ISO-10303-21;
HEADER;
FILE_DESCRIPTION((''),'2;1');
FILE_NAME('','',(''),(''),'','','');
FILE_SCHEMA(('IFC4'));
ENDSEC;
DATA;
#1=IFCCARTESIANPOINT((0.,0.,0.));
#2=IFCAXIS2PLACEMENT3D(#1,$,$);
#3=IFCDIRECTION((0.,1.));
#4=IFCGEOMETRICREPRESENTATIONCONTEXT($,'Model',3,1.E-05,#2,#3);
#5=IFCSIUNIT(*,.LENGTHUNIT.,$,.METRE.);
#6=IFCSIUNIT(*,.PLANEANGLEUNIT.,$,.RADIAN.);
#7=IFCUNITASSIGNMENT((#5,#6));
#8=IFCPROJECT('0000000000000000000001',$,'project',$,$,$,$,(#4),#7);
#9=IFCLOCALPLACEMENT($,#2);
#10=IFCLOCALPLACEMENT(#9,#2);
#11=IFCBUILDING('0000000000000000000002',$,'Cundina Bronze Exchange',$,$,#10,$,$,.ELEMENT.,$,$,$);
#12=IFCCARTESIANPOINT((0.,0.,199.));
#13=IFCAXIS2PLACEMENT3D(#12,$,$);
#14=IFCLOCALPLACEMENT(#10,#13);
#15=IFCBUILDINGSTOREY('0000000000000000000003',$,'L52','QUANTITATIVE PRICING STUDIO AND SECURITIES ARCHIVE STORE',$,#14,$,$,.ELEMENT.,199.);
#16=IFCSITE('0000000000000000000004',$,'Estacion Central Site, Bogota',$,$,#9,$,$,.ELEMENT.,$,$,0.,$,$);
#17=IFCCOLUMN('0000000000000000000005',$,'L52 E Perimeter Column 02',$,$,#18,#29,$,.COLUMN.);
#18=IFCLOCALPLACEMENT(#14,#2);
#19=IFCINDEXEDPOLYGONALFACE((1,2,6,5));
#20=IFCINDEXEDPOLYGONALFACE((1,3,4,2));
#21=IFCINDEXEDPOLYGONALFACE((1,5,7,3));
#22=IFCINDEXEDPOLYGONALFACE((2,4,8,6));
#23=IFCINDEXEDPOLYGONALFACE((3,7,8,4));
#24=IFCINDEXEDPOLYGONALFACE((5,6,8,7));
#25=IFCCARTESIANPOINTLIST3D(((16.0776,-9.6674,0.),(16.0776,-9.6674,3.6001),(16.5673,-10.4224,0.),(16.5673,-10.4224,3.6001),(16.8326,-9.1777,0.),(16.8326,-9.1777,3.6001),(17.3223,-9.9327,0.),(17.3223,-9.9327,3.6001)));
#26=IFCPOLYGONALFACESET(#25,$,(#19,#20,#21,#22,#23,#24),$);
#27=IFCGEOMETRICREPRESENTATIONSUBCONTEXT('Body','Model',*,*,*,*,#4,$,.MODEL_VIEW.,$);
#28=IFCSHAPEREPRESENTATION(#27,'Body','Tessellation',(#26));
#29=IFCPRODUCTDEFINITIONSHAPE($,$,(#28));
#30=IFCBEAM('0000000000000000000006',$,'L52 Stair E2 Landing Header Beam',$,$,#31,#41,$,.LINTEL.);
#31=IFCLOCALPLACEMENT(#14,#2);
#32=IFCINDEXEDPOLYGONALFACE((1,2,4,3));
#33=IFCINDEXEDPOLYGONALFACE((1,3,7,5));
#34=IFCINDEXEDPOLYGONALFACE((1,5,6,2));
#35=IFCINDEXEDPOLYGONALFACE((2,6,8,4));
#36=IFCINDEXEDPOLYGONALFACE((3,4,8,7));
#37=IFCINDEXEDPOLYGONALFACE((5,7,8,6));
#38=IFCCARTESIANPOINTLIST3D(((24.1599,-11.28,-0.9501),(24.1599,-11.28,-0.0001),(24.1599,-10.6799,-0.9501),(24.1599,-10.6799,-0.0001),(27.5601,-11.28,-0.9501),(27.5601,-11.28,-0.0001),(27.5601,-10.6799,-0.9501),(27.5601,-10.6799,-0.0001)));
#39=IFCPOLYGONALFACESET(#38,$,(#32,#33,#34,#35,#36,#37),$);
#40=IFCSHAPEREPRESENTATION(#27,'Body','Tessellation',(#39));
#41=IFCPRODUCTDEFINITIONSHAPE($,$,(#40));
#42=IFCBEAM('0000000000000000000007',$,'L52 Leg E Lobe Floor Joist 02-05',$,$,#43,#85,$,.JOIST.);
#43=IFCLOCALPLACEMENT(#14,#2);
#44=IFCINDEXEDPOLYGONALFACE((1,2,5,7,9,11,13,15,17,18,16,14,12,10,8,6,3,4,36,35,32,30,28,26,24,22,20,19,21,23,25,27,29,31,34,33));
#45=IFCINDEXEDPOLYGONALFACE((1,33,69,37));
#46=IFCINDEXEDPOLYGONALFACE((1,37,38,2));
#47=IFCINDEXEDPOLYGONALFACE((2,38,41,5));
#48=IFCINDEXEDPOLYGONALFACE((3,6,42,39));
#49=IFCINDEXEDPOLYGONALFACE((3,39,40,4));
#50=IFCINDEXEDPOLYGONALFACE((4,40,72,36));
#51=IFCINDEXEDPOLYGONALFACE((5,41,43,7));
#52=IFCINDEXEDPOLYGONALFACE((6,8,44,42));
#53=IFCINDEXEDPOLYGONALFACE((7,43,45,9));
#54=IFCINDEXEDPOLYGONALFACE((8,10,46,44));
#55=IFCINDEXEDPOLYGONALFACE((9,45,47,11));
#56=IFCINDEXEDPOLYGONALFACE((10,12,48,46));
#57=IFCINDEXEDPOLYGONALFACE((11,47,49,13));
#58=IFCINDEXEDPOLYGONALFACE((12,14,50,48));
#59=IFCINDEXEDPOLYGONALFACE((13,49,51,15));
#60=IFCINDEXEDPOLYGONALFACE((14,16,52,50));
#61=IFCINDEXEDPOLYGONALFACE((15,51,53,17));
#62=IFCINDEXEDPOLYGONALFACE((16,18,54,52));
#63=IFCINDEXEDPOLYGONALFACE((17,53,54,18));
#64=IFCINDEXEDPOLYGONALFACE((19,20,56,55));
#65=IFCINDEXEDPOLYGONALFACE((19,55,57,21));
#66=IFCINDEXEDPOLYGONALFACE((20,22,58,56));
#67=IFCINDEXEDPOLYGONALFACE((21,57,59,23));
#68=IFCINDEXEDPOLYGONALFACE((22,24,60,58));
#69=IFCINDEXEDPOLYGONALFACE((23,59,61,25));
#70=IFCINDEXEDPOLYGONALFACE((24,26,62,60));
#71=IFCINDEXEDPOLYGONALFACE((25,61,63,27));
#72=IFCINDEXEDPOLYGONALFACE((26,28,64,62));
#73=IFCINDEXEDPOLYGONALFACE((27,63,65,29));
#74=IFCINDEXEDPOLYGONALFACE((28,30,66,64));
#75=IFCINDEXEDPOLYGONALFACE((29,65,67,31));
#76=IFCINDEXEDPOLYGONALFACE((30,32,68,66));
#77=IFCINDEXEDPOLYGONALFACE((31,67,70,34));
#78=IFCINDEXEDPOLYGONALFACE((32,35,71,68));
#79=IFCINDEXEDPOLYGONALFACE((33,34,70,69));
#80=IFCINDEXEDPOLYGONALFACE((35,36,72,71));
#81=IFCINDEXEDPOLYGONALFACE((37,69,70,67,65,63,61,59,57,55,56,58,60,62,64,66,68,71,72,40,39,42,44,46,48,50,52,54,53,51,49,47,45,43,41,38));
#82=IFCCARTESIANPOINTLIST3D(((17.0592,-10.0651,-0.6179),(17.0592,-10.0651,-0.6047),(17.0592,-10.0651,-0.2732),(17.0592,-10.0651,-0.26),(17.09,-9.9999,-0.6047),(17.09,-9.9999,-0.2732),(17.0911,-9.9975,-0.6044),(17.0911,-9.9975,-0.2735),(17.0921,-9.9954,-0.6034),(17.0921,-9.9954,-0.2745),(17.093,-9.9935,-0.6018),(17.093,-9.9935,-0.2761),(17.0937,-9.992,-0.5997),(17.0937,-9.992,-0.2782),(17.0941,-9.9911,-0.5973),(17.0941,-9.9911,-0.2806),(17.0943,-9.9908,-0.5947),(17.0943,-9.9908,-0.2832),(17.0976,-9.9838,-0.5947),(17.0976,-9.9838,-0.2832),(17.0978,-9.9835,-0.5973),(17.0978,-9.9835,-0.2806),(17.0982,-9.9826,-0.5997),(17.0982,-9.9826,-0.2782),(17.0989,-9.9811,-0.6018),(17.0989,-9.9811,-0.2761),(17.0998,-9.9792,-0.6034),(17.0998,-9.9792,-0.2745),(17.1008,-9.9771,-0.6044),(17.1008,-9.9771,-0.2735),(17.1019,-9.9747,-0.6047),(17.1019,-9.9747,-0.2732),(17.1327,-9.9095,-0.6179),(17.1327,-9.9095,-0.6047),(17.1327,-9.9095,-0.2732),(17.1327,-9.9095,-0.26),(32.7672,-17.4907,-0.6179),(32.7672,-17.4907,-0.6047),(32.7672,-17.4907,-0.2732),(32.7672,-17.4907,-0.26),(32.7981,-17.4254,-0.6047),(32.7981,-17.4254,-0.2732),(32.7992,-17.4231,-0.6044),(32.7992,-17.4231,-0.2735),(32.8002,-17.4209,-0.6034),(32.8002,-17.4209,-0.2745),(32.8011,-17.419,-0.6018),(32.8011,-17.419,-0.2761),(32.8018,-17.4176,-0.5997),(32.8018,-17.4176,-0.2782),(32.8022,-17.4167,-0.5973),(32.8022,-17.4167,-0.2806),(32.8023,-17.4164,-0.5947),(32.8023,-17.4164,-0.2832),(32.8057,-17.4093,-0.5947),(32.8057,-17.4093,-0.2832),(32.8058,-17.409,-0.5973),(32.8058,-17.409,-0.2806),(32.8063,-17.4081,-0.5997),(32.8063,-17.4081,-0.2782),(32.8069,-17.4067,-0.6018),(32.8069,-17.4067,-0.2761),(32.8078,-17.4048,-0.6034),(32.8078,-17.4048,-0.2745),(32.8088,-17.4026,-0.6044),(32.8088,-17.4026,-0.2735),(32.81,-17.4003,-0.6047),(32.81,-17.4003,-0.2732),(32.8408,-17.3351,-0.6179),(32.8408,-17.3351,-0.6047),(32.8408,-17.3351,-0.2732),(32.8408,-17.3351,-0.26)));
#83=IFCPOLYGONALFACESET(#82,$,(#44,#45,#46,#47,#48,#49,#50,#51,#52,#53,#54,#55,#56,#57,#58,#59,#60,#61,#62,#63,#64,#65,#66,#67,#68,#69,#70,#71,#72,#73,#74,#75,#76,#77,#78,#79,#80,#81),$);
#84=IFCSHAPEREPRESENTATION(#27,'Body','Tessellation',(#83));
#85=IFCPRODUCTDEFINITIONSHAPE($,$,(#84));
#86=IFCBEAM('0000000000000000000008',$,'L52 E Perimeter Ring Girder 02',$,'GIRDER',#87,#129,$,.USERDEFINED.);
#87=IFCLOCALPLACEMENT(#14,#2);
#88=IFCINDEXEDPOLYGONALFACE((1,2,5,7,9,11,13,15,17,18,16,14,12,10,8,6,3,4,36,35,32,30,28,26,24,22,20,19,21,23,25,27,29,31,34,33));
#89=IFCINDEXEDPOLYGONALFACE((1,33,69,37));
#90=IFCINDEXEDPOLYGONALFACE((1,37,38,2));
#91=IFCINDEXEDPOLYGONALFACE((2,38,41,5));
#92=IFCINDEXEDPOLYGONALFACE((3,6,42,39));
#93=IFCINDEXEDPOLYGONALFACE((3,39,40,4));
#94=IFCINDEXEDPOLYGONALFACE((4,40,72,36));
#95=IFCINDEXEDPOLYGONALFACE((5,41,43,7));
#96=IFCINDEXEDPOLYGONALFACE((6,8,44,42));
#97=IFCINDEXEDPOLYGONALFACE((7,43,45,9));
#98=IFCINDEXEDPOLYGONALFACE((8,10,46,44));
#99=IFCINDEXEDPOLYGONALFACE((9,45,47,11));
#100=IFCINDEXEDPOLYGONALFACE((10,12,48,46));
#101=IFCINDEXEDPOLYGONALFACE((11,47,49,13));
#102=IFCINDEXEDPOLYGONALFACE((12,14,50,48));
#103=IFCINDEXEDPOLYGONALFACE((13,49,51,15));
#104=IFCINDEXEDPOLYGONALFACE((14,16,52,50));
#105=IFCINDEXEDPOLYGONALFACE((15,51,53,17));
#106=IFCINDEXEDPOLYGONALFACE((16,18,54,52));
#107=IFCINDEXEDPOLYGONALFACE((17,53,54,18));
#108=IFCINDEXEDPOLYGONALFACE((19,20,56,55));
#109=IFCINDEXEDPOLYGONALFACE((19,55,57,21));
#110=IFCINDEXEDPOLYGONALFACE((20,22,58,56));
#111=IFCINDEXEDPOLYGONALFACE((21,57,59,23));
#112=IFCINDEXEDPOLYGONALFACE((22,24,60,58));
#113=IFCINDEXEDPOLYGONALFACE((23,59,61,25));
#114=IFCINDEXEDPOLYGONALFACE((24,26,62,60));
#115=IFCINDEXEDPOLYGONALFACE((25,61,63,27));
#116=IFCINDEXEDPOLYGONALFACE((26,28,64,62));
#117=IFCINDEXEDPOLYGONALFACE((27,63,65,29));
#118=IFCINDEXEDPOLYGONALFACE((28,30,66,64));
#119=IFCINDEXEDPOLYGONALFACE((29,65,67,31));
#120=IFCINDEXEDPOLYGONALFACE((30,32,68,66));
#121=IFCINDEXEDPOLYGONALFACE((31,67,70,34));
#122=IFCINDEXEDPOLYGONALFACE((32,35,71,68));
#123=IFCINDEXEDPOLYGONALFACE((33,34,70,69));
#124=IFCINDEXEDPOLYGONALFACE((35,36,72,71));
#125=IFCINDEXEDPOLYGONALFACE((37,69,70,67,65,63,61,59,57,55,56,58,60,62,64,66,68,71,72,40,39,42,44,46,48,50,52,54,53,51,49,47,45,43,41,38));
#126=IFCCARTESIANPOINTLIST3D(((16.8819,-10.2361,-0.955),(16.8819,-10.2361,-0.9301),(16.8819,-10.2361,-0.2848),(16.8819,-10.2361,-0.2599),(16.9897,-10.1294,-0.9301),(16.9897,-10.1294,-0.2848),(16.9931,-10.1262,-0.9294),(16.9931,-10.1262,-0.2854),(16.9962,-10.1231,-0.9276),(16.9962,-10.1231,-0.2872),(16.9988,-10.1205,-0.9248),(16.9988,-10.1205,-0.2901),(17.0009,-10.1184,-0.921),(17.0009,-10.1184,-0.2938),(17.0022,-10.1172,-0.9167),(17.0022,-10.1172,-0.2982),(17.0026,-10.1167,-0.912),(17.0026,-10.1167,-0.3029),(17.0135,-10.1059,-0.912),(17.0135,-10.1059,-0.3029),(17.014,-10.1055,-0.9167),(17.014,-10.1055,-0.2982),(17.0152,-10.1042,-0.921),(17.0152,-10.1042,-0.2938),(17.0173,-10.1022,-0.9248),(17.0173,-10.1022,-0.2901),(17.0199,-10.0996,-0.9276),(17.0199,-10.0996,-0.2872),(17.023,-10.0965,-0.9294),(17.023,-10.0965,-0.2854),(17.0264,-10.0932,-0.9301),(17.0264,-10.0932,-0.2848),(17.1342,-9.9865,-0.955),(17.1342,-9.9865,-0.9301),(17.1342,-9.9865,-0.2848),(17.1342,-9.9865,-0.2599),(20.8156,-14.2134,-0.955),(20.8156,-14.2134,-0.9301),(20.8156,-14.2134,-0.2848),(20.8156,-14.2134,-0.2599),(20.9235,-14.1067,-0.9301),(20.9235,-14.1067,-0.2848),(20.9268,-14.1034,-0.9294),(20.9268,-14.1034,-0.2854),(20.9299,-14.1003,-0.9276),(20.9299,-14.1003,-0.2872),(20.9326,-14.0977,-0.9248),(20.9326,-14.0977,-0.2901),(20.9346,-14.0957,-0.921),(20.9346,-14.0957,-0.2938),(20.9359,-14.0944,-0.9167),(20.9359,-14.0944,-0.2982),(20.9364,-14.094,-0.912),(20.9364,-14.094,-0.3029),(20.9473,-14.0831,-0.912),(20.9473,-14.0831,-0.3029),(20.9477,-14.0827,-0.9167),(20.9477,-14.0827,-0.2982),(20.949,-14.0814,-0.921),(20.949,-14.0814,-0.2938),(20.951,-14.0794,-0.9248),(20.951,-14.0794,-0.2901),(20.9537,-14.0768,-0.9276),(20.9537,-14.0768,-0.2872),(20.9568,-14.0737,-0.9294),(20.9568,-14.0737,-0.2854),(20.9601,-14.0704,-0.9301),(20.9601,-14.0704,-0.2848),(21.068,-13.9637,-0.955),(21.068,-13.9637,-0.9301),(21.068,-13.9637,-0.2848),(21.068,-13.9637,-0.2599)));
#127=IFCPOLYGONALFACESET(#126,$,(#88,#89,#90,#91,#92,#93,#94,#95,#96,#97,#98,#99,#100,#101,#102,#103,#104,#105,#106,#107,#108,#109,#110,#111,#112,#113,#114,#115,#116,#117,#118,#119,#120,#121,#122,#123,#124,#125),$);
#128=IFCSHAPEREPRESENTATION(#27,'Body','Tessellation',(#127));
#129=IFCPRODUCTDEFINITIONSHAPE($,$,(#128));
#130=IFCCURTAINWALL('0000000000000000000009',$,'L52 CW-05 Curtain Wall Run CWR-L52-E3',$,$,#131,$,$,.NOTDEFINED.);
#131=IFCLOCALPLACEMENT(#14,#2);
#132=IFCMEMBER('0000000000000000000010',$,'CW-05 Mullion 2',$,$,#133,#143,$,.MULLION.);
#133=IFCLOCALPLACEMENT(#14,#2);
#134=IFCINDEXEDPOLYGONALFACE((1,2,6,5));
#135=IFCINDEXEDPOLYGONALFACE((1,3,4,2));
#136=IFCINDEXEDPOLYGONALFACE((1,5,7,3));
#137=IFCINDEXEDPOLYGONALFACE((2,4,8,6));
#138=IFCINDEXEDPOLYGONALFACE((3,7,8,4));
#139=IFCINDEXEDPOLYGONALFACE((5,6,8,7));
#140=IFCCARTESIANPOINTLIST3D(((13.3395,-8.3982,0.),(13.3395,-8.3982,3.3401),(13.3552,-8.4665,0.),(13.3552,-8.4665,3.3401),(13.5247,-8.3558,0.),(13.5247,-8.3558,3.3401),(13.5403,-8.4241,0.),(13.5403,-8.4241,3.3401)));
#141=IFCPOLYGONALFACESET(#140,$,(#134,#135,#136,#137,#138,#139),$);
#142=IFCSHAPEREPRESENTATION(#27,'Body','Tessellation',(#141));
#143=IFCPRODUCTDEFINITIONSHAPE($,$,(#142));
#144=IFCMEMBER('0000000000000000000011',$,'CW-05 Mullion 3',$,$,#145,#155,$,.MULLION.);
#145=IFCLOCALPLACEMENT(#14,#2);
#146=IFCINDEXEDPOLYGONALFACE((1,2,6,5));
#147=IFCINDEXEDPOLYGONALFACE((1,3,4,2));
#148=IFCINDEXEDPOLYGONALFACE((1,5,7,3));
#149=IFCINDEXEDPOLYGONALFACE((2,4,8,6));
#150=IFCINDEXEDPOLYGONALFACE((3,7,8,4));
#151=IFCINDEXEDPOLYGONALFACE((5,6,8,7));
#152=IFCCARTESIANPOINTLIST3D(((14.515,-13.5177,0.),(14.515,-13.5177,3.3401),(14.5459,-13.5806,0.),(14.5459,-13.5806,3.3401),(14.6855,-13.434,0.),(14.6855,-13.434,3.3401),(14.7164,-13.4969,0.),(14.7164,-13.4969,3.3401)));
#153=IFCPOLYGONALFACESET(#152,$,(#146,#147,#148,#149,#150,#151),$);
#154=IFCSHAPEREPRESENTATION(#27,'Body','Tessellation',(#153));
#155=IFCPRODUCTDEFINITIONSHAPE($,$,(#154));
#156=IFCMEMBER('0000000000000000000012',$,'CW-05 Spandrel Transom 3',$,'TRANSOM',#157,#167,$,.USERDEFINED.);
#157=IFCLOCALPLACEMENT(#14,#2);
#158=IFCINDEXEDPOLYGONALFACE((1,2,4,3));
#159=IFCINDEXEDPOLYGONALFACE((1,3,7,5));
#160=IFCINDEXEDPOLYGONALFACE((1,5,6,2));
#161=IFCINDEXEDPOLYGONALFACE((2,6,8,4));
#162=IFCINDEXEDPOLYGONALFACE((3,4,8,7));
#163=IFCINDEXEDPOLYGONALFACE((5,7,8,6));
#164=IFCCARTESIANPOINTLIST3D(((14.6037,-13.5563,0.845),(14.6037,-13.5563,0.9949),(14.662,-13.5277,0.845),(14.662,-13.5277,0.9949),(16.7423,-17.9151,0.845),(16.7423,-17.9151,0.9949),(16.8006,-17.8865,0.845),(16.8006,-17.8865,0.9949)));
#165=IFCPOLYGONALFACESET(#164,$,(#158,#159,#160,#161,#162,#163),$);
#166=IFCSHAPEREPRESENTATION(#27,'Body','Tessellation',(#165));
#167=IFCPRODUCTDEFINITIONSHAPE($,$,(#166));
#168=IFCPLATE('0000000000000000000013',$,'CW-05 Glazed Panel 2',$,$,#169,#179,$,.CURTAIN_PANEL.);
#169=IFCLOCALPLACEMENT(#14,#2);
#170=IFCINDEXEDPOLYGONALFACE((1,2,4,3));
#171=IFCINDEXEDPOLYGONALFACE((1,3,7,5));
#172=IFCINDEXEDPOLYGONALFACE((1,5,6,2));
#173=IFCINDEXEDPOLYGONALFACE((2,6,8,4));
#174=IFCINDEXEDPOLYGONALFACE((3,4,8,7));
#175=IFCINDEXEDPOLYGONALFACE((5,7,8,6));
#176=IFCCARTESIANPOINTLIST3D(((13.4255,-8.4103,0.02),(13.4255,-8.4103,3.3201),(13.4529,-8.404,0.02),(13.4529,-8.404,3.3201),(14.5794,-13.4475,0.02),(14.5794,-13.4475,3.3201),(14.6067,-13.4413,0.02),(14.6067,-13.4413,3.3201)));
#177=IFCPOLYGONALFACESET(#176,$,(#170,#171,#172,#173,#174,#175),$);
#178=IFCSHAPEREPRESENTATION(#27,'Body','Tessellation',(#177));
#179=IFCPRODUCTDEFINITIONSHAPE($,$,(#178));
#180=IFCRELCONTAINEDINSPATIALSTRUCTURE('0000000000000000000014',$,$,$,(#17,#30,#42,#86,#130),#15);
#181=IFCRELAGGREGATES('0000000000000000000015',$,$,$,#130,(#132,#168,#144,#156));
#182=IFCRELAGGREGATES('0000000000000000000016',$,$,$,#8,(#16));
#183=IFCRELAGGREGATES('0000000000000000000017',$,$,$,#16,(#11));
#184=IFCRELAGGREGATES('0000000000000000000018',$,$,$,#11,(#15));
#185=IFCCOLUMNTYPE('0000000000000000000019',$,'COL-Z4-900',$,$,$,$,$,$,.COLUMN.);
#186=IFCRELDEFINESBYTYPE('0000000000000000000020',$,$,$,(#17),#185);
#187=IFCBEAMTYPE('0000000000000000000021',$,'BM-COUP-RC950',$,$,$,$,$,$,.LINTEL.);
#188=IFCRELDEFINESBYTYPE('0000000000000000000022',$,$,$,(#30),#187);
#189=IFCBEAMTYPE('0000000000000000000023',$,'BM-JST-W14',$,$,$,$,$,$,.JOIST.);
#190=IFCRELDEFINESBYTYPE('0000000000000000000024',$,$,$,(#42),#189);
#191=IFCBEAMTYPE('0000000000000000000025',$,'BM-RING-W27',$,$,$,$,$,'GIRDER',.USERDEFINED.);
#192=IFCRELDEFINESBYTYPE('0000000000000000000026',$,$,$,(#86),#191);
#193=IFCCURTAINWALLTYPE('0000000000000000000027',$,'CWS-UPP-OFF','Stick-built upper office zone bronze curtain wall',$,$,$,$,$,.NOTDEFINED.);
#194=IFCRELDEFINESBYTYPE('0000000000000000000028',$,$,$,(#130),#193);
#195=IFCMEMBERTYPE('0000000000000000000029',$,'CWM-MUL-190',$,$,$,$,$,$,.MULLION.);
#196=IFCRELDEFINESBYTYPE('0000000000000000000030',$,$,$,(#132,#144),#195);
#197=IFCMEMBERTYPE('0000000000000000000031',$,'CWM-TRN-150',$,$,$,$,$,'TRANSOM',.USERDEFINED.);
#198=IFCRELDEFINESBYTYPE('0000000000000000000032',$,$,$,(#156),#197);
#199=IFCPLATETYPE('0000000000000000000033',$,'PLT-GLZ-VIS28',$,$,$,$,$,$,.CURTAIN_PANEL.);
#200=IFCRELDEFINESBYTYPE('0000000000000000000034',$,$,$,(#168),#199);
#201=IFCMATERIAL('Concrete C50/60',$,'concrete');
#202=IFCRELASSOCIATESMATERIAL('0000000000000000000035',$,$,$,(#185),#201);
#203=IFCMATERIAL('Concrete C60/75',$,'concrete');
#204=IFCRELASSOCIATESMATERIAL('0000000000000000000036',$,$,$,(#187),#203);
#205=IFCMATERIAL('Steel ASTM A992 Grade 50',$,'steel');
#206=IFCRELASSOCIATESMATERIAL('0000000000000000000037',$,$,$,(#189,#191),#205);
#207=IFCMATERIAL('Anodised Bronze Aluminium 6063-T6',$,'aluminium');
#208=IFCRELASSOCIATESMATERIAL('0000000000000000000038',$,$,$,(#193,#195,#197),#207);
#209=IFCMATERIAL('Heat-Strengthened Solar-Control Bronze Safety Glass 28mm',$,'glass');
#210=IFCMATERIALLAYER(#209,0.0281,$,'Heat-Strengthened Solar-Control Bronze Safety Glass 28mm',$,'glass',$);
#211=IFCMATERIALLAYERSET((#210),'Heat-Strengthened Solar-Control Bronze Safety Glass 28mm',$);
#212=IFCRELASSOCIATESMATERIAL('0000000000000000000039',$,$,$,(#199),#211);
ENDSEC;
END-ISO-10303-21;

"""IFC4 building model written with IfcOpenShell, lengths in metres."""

from ifc_helpers import new_model, si_unit, direction, frame, origin, origin_2d, place, context, subcontext, project, spatial, rectangle, i_section, extrude, material, layer, layer_set, material_profile, profile_set, type_object, element, aggregate, save


model = new_model("IFC4")

# Units and contexts
model_context = context("Model", 3, precision=1e-05, world=origin(), true_north=direction((0.0, 1.0)))
body_context = subcontext(model_context, "Body", "Model", "MODEL_VIEW")
ifc_project = project(units=[si_unit("LENGTHUNIT", "METRE"), si_unit("PLANEANGLEUNIT", "RADIAN")], contexts=[model_context])

# Site, building, storey
site_placement = place(None, origin())
site = spatial("IfcSite", under=ifc_project, at=site_placement, Name="Estacion Central Site, Bogota", CompositionType="ELEMENT", RefElevation=0.0)
building_placement = place(site_placement, origin())
building = spatial("IfcBuilding", under=site, at=building_placement, Name="Cundina Bronze Exchange", CompositionType="ELEMENT")
storey_placement = place(building_placement, frame((0.0, 0.0, 199.0)))
storey = spatial("IfcBuildingStorey", under=building, at=storey_placement, Name="L52", Description="QUANTITATIVE PRICING STUDIO AND SECURITIES ARCHIVE STORE", CompositionType="ELEMENT", Elevation=199.0)

# Column
ifc_material_1 = material(Name="Concrete C50/60", Category="concrete")
ifc_material_profile_1 = material_profile(ifc_material_1, rectangle(XDim=0.8999, YDim=0.8999, at=origin_2d()), Name="RC900X900", Category="concrete")
ifc_profile_set_1 = profile_set([ifc_material_profile_1], Name="Concrete C50/60")
column_type = type_object("IfcColumnType", Name="COL-Z4-900", PredefinedType="COLUMN", material=ifc_profile_set_1)
column_placement = place(storey_placement, frame((16.7, -9.8, 0.0), z_axis=(0.0, 0.0, 1.0), x_axis=(0.5442, -0.838956, 0.0)))
element("IfcColumn", 1, at=column_placement, inside=storey, type_object=column_type, Name="L52 E Perimeter Column 02", PredefinedType="COLUMN", context=body_context, shape_type="SweptSolid", body=[
    extrude(rectangle(XDim=0.8999, YDim=0.8999, at=origin_2d()), origin(), (0.0, 0.0, 1.0), 3.6001),
])

# Beams
ifc_material_2 = material(Name="Concrete C60/75", Category="concrete")
ifc_material_profile_2 = material_profile(ifc_material_2, rectangle(XDim=0.6001, YDim=0.95, at=origin_2d()), Name="RC600X950", Category="concrete")
ifc_profile_set_2 = profile_set([ifc_material_profile_2], Name="Concrete C60/75")
beam_type_1 = type_object("IfcBeamType", Name="BM-COUP-RC950", PredefinedType="LINTEL", material=ifc_profile_set_2)
beam_1_placement = place(storey_placement, frame((24.1599, -10.98, -0.4751), z_axis=(1.0, 0.0, 0.0), x_axis=(0.0, 1.0, 0.0)))
element("IfcBeam", 2, at=beam_1_placement, inside=storey, type_object=beam_type_1, Name="L52 Stair E2 Landing Header Beam", PredefinedType="LINTEL", context=body_context, shape_type="SweptSolid", body=[
    extrude(rectangle(XDim=0.6001, YDim=0.95, at=origin_2d()), origin(), (0.0, 0.0, 1.0), 3.4001),
])
ifc_material_3 = material(Name="Steel ASTM A992 Grade 50", Category="steel")
ifc_material_profile_3 = material_profile(ifc_material_3, i_section(OverallWidth=0.1721, OverallDepth=0.3579, WebThickness=0.0078, FlangeThickness=0.0132, FilletRadius=0.01, at=origin_2d()), Name="W14X38", Category="steel")
ifc_profile_set_3 = profile_set([ifc_material_profile_3], Name="Steel ASTM A992 Grade 50")
beam_type_2 = type_object("IfcBeamType", Name="BM-JST-W14", PredefinedType="JOIST", material=ifc_profile_set_3)
beam_2_placement = place(storey_placement, frame((17.0959, -9.9873, -0.439), z_axis=(0.904074, -0.427376, 0.0), x_axis=(0.427376, 0.904074, 0.0)))
element("IfcBeam", 3, at=beam_2_placement, inside=storey, type_object=beam_type_2, Name="L52 Leg E Lobe Floor Joist 02-05", PredefinedType="JOIST", context=body_context, shape_type="SweptSolid", body=[
    extrude(i_section(OverallWidth=0.1721, OverallDepth=0.3579, WebThickness=0.0078, FlangeThickness=0.0132, FilletRadius=0.01, at=origin_2d()), origin(), (0.0, 0.0, 1.0), 17.3748),
])
ifc_material_profile_4 = material_profile(ifc_material_3, i_section(OverallWidth=0.355, OverallDepth=0.6951, WebThickness=0.0154, FlangeThickness=0.0249, FilletRadius=0.0181, at=origin_2d()), Name="W27X146", Category="steel")
ifc_profile_set_4 = profile_set([ifc_material_profile_4], Name="Steel ASTM A992 Grade 50")
beam_type_3 = type_object("IfcBeamType", Name="BM-RING-W27", ElementType="GIRDER", PredefinedType="USERDEFINED", material=ifc_profile_set_4)
beam_3_placement = place(storey_placement, frame((17.0081, -10.1113, -0.6074), z_axis=(0.703212, -0.71098, 0.0), x_axis=(0.71098, 0.703212, 0.0)))
element("IfcBeam", 4, at=beam_3_placement, inside=storey, type_object=beam_type_3, Name="L52 E Perimeter Ring Girder 02", ObjectType="GIRDER", PredefinedType="USERDEFINED", context=body_context, shape_type="SweptSolid", body=[
    extrude(i_section(OverallWidth=0.355, OverallDepth=0.6951, WebThickness=0.0154, FlangeThickness=0.0249, FilletRadius=0.0181, at=origin_2d()), origin(), (0.0, 0.0, 1.0), 5.594),
])

# Curtain wall, members, plate
ifc_material_4 = material(Name="Anodised Bronze Aluminium 6063-T6", Category="aluminium")
curtain_wall_type = type_object("IfcCurtainWallType", Name="CWS-UPP-OFF", Description="Stick-built upper office zone bronze curtain wall", PredefinedType="NOTDEFINED", material=ifc_material_4)
curtain_wall_placement = place(storey_placement, origin())
curtain_wall = element("IfcCurtainWall", 5, at=curtain_wall_placement, inside=storey, type_object=curtain_wall_type, Name="L52 CW-05 Curtain Wall Run CWR-L52-E3", PredefinedType="NOTDEFINED")
ifc_material_profile_5 = material_profile(ifc_material_4, rectangle(XDim=0.0701, YDim=0.1899, at=origin_2d()), Name="AL70X190", Category="aluminium")
ifc_profile_set_5 = profile_set([ifc_material_profile_5], Name="Anodised Bronze Aluminium 6063-T6")
member_type_1 = type_object("IfcMemberType", Name="CWM-MUL-190", PredefinedType="MULLION", material=ifc_profile_set_5)
member_1_placement = place(storey_placement, frame((13.4399, -8.4111, 0.0), z_axis=(0.0, 0.0, 1.0), x_axis=(0.22325, -0.974761, 0.0)))
member_1 = element("IfcMember", 6, at=member_1_placement, type_object=member_type_1, Name="CW-05 Mullion 2", PredefinedType="MULLION", context=body_context, shape_type="SweptSolid", body=[
    extrude(rectangle(XDim=0.0701, YDim=0.1899, at=origin_2d()), origin(), (0.0, 0.0, 1.0), 3.3401),
])
member_2_placement = place(storey_placement, frame((14.6157, -13.5073, 0.0), z_axis=(0.0, 0.0, 1.0), x_axis=(0.440566, -0.89772, 0.0)))
member_2 = element("IfcMember", 7, at=member_2_placement, type_object=member_type_1, Name="CW-05 Mullion 3", PredefinedType="MULLION", context=body_context, shape_type="SweptSolid", body=[
    extrude(rectangle(XDim=0.0701, YDim=0.1899, at=origin_2d()), origin(), (0.0, 0.0, 1.0), 3.3401),
])
ifc_material_profile_6 = material_profile(ifc_material_4, rectangle(XDim=0.0649, YDim=0.1499, at=origin_2d()), Name="AL65X150", Category="aluminium")
ifc_profile_set_6 = profile_set([ifc_material_profile_6], Name="Anodised Bronze Aluminium 6063-T6")
member_type_2 = type_object("IfcMemberType", Name="CWM-TRN-150", ElementType="TRANSOM", PredefinedType="USERDEFINED", material=ifc_profile_set_6)
member_3_placement = place(storey_placement, frame((14.6328, -13.542, 0.9199), z_axis=(0.440483, -0.897761, 0.0), x_axis=(0.897761, 0.440483, 0.0)))
member_3 = element("IfcMember", 8, at=member_3_placement, type_object=member_type_2, Name="CW-05 Spandrel Transom 3", ObjectType="TRANSOM", PredefinedType="USERDEFINED", context=body_context, shape_type="SweptSolid", body=[
    extrude(rectangle(XDim=0.0649, YDim=0.1499, at=origin_2d()), origin(), (0.0, 0.0, 1.0), 4.8552),
])
ifc_material_5 = material(Name="Heat-Strengthened Solar-Control Bronze Safety Glass 28mm", Category="glass")
ifc_layer_1 = layer(ifc_material_5, 0.0281, Name="Heat-Strengthened Solar-Control Bronze Safety Glass 28mm", Category="glass")
ifc_layer_set_1 = layer_set([ifc_layer_1], Name="Heat-Strengthened Solar-Control Bronze Safety Glass 28mm")
plate_type = type_object("IfcPlateType", Name="PLT-GLZ-VIS28", PredefinedType="CURTAIN_PANEL", material=ifc_layer_set_1)
plate_placement = place(storey_placement, frame((14.0161, -10.9258, 0.02), z_axis=(0.0, 0.0, 1.0), x_axis=(0.223284, -0.974753, 0.0)))
plate = element("IfcPlate", 9, at=plate_placement, type_object=plate_type, Name="CW-05 Glazed Panel 2", PredefinedType="CURTAIN_PANEL", context=body_context, shape_type="SweptSolid", body=[
    extrude(rectangle(XDim=5.1677, YDim=0.0281, at=origin_2d()), origin(), (0.0, 0.0, 1.0), 3.3),
])
aggregate(curtain_wall, [member_1, plate, member_2, member_3])

save(model, "model.ifc")
